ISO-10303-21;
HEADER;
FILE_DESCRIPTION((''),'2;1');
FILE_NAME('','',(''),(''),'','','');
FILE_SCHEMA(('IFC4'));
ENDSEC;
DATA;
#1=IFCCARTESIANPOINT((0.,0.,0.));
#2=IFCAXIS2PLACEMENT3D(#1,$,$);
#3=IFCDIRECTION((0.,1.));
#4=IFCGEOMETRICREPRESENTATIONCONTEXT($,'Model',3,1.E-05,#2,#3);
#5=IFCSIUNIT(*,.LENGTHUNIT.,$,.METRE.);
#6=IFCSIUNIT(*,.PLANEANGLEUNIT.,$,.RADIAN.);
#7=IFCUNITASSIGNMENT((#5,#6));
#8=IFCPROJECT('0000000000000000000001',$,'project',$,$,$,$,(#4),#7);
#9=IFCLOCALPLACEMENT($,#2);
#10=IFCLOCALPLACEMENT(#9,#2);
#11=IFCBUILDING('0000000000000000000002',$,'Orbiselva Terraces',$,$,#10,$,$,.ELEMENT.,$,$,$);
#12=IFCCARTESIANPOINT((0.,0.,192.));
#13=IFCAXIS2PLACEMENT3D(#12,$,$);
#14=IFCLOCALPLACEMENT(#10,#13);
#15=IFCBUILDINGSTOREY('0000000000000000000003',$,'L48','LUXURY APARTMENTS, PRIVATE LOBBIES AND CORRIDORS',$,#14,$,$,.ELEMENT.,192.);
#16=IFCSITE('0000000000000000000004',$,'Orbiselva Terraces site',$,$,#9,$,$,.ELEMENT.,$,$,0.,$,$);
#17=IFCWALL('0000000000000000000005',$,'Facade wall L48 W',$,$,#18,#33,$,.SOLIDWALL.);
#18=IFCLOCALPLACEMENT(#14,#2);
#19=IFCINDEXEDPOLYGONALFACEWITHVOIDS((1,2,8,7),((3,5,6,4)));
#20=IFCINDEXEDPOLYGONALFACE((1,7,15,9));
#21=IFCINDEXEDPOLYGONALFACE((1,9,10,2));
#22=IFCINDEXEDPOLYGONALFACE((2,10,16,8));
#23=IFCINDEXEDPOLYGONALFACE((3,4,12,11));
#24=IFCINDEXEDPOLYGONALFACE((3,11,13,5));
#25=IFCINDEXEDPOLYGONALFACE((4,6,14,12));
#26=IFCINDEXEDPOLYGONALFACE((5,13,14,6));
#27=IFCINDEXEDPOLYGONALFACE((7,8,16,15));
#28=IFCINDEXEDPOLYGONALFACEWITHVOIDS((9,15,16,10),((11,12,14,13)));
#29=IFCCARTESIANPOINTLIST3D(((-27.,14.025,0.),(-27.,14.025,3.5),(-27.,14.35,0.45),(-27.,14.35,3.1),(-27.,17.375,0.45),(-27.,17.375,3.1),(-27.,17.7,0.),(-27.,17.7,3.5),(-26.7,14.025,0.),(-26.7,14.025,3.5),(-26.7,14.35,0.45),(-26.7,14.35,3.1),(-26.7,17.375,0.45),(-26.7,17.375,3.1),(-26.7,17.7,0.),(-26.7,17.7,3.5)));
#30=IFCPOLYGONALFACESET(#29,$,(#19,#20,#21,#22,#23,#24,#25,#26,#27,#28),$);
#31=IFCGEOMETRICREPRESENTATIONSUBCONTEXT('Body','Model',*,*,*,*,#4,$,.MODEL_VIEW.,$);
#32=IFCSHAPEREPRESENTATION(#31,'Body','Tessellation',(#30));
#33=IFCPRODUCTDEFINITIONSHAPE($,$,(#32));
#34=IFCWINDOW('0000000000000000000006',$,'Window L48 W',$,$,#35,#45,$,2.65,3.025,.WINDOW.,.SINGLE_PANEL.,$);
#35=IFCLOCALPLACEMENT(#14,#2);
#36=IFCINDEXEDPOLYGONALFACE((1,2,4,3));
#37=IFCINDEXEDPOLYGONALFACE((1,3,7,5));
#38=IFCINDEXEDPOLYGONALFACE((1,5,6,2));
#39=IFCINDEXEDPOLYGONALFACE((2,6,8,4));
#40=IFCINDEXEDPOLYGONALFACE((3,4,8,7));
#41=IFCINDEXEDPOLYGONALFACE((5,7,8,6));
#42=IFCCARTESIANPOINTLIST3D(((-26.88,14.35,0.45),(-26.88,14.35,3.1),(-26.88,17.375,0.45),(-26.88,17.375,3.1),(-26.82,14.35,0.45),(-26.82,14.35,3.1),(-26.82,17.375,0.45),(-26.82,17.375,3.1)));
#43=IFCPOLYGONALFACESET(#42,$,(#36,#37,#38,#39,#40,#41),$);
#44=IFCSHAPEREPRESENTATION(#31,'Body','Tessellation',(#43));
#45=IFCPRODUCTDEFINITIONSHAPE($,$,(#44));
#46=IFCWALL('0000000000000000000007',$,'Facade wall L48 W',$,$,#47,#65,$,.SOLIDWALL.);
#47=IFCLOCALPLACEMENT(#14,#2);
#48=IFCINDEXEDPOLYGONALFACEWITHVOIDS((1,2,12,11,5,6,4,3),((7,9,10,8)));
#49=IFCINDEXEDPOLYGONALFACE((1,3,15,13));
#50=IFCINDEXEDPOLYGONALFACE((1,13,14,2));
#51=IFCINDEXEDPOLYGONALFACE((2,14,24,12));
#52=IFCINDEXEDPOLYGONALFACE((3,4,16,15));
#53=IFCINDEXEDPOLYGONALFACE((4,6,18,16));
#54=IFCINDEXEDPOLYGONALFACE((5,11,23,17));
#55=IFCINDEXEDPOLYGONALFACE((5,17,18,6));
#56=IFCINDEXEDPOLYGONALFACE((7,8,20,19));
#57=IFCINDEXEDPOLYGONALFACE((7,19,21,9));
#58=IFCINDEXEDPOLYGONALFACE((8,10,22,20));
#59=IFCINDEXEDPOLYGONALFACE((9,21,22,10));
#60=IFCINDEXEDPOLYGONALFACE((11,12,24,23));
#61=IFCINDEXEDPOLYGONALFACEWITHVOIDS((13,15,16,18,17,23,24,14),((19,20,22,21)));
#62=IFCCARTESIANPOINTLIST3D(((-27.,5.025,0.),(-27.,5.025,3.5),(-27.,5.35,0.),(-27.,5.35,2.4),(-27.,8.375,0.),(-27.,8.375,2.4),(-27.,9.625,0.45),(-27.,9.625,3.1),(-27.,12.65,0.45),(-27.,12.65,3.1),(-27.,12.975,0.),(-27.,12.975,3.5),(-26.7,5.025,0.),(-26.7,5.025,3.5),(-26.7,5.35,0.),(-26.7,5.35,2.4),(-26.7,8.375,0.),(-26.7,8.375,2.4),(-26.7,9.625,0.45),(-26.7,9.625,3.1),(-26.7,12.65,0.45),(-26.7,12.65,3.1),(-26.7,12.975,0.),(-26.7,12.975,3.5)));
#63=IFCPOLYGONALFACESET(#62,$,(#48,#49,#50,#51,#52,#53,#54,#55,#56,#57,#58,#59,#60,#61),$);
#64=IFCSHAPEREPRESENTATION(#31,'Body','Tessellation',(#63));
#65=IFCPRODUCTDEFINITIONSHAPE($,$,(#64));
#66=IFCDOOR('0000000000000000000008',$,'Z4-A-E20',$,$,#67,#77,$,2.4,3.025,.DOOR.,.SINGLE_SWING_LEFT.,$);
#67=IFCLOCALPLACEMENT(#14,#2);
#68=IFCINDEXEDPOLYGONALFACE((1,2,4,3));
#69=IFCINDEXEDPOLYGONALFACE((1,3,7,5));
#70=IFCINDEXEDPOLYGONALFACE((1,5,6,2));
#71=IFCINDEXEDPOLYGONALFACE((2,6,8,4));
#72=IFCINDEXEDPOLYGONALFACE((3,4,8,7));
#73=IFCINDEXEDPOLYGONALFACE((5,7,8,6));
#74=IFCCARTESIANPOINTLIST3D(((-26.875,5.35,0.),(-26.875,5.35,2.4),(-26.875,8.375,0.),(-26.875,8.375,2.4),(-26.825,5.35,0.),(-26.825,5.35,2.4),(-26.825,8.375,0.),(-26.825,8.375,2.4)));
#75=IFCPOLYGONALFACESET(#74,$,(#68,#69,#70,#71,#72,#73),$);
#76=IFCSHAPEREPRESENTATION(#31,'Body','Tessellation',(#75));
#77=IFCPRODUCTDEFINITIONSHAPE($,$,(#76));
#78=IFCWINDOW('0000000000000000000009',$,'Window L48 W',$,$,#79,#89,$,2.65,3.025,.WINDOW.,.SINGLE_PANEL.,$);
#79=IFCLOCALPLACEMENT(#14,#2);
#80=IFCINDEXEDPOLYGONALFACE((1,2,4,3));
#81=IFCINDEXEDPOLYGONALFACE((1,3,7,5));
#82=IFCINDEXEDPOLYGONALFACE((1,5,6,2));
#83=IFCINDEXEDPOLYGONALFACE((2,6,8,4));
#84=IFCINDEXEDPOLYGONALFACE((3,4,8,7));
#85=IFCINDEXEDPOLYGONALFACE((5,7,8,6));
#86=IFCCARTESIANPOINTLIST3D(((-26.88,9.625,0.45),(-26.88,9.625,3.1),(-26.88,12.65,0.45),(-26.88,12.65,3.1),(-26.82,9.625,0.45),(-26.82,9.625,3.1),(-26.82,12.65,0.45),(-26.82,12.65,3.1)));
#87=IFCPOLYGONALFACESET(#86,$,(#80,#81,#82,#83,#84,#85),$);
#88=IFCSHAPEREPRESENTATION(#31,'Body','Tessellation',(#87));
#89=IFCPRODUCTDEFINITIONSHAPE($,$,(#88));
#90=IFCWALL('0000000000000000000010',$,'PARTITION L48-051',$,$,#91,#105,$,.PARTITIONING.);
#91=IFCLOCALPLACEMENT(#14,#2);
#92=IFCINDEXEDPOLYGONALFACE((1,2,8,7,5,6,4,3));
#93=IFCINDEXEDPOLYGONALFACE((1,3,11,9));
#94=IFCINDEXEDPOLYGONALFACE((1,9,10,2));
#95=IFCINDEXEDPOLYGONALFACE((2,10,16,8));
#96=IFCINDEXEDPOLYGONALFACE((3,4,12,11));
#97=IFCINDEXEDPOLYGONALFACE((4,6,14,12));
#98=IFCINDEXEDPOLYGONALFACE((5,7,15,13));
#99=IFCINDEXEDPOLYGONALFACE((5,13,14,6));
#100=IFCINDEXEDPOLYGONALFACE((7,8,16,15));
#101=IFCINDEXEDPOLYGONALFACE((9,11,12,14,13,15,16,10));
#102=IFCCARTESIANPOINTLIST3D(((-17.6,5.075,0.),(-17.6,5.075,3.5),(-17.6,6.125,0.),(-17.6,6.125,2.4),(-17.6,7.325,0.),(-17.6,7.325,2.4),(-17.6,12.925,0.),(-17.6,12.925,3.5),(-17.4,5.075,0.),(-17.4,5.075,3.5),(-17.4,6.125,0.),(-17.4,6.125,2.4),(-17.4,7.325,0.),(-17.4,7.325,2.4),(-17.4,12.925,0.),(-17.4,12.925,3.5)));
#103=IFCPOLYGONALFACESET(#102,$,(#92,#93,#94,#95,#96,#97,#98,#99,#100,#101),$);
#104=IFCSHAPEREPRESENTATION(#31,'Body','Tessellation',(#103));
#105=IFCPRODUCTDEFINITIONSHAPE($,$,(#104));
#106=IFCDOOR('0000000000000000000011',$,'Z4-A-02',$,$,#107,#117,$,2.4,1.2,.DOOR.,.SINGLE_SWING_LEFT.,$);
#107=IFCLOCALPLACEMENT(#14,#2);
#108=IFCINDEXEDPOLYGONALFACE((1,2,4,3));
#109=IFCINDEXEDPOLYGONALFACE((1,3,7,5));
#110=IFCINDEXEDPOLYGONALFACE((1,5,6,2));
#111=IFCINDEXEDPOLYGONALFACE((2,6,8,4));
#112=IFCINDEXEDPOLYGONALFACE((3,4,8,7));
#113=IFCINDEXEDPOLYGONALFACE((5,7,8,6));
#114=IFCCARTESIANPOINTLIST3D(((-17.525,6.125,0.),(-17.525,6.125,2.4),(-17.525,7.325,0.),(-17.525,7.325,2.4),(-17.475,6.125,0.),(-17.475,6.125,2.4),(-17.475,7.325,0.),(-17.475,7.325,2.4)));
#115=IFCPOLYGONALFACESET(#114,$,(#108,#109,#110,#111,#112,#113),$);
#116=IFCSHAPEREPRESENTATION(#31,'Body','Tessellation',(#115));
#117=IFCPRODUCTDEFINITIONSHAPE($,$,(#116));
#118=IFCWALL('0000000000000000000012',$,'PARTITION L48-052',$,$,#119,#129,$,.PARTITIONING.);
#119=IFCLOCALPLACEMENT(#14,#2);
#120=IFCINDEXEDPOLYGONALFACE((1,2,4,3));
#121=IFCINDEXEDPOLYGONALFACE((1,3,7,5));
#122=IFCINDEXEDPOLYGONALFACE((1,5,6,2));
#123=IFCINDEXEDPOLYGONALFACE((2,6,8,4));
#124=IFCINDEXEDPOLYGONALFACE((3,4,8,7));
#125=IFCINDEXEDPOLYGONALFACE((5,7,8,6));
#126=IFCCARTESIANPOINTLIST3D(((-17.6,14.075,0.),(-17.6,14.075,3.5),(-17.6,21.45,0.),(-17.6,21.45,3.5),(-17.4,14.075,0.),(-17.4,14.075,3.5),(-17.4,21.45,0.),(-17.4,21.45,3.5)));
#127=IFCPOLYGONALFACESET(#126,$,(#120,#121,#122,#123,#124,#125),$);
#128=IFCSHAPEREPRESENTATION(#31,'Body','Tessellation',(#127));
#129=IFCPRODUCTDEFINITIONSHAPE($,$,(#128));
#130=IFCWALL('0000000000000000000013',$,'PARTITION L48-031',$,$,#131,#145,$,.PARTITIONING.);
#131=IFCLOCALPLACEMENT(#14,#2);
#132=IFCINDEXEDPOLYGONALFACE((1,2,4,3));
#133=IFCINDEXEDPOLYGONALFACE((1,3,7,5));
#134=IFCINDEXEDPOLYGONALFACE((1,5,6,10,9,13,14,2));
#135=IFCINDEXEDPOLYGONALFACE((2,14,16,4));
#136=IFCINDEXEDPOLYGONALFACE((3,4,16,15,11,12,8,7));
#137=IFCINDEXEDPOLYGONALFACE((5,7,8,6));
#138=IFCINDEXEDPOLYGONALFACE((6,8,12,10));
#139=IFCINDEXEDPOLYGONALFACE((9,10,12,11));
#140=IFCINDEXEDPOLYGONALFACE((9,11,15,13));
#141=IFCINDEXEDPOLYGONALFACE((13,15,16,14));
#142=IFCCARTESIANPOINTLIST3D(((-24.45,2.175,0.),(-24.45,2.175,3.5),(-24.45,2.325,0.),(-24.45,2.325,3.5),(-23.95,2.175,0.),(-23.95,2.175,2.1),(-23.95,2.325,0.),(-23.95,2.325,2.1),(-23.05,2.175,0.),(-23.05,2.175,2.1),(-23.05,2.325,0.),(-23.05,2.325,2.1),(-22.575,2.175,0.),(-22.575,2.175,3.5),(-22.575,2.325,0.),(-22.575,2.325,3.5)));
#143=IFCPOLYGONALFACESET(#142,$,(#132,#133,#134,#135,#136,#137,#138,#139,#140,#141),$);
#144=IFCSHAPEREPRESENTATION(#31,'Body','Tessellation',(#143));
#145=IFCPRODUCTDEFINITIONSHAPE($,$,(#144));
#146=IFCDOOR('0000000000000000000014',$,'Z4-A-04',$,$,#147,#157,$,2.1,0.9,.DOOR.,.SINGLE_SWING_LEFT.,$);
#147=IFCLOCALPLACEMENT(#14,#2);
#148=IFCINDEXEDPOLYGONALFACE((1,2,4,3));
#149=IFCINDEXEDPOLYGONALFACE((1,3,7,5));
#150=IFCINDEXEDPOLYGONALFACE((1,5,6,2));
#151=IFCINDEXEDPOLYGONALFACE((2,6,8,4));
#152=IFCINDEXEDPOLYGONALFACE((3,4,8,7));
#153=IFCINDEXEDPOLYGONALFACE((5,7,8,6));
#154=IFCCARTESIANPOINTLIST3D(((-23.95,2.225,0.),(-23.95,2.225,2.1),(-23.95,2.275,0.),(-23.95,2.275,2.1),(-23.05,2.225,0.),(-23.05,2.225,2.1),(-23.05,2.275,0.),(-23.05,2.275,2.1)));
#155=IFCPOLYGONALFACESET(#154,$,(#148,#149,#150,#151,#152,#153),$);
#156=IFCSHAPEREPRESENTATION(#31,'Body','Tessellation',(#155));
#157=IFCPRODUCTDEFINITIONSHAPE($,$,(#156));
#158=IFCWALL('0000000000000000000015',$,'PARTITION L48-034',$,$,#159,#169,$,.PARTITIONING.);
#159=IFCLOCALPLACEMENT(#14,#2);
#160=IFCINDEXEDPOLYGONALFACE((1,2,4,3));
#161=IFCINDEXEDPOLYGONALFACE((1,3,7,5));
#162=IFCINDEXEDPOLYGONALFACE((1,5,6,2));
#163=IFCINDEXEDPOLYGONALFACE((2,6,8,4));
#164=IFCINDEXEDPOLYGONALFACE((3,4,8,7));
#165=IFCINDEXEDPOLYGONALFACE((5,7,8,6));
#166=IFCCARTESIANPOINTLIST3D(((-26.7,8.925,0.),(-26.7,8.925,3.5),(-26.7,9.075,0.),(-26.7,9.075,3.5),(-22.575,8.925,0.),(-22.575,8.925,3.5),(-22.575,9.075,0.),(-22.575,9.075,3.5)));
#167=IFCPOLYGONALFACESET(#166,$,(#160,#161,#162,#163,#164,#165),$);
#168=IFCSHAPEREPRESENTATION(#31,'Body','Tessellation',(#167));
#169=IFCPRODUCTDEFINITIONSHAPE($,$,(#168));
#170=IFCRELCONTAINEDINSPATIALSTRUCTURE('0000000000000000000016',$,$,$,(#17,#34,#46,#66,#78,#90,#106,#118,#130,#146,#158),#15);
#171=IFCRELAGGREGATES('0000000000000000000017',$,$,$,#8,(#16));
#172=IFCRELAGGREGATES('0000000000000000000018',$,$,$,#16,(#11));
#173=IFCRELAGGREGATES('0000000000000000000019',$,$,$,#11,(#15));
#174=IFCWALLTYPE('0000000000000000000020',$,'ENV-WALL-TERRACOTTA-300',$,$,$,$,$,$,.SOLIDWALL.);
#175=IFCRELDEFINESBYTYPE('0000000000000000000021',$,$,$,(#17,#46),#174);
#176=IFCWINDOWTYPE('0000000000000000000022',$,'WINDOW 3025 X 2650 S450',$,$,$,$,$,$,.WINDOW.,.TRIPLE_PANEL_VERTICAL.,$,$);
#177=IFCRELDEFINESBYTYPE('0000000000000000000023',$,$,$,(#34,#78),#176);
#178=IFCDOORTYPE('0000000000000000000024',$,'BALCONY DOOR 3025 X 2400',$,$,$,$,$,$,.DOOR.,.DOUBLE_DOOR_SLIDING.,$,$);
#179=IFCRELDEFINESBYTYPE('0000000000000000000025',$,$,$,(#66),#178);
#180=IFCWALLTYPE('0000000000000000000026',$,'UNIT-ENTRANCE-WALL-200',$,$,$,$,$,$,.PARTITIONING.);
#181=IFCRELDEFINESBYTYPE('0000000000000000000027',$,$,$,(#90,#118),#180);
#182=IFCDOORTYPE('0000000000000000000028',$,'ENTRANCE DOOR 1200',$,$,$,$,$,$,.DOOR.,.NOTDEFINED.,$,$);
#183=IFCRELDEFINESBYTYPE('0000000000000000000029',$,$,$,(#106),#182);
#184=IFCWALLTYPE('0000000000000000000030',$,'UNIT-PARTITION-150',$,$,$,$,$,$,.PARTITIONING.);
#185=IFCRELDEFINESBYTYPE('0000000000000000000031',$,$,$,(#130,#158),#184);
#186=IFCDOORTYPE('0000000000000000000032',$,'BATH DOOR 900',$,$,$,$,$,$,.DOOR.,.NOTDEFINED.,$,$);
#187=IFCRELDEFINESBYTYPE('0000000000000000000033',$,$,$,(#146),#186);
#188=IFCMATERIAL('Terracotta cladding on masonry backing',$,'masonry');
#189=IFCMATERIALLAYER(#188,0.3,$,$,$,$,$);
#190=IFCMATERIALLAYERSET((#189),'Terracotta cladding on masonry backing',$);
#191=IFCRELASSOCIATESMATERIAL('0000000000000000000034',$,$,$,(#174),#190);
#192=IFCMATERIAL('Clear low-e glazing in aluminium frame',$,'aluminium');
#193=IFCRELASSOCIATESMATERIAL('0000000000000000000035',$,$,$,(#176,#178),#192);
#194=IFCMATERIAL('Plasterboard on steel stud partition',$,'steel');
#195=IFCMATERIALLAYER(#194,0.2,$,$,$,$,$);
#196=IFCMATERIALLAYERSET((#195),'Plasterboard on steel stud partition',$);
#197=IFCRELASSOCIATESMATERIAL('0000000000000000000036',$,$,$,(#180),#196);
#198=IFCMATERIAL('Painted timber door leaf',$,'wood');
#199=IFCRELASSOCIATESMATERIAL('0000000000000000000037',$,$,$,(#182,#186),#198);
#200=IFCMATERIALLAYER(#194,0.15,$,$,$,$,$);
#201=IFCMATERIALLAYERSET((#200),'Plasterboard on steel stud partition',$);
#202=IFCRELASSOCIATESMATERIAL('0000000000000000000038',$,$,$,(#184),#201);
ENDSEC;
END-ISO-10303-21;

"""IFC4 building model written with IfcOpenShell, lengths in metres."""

from ifc_helpers import new_model, si_unit, direction, frame, frame_2d, origin, place, context, subcontext, project, spatial, rectangle, extrude, material, layer, layer_set, type_object, element, fill, save


model = new_model("IFC4")

# Units and contexts
model_context = context("Model", 3, precision=1e-05, world=origin(), true_north=direction((0.0, 1.0)))
body_context = subcontext(model_context, "Body", "Model", "MODEL_VIEW")
ifc_project = project(units=[si_unit("LENGTHUNIT", "METRE"), si_unit("PLANEANGLEUNIT", "RADIAN")], contexts=[model_context])

# Site, building, storey
site_placement = place(None, origin())
site = spatial("IfcSite", under=ifc_project, at=site_placement, Name="Orbiselva Terraces site", CompositionType="ELEMENT", RefElevation=0.0)
building_placement = place(site_placement, origin())
building = spatial("IfcBuilding", under=site, at=building_placement, Name="Orbiselva Terraces", CompositionType="ELEMENT")
storey_placement = place(building_placement, frame((0.0, 0.0, 192.0)))
storey = spatial("IfcBuildingStorey", under=building, at=storey_placement, Name="L48", Description="LUXURY APARTMENTS, PRIVATE LOBBIES AND CORRIDORS", CompositionType="ELEMENT", Elevation=192.0)

# Wall, opening, window
ifc_material_1 = material(Name="Terracotta cladding on masonry backing", Category="masonry")
ifc_layer_1 = layer(ifc_material_1, 0.3)
ifc_layer_set_1 = layer_set([ifc_layer_1], Name="Terracotta cladding on masonry backing")
wall_type_1 = type_object("IfcWallType", Name="ENV-WALL-TERRACOTTA-300", PredefinedType="SOLIDWALL", material=ifc_layer_set_1)
wall_1_placement = place(storey_placement, frame((-26.85, 14.025, 0.0), z_axis=(0.0, 0.0, 1.0), x_axis=(0.0, 1.0, 0.0)))
wall_1 = element("IfcWall", 1, at=wall_1_placement, inside=storey, type_object=wall_type_1, Name="Facade wall L48 W", PredefinedType="SOLIDWALL", context=body_context, shape_type="SweptSolid", body=[
    extrude(rectangle(XDim=3.675, YDim=0.3, at=frame_2d((1.8375, 0.0))), origin(), (0.0, 0.0, 1.0), 3.5),
])
opening_1_placement = place(wall_1_placement, frame((0.325, 0.0, 0.45)))
opening_1 = element("IfcOpeningElement", 2, at=opening_1_placement, cuts=wall_1, PredefinedType="OPENING", context=body_context, shape_type="SweptSolid", body=[
    extrude(rectangle(XDim=3.025, YDim=2.65, at=frame_2d((1.5125, 1.325))), frame((0.0, 0.16, 0.0), z_axis=(0.0, -1.0, 0.0), x_axis=(1.0, 0.0, 0.0)), (0.0, 0.0, 1.0), 0.32),
])
ifc_material_2 = material(Name="Clear low-e glazing in aluminium frame", Category="aluminium")
window_type = type_object("IfcWindowType", Name="WINDOW 3025 X 2650 S450", PartitioningType="TRIPLE_PANEL_VERTICAL", PredefinedType="WINDOW", material=ifc_material_2)
window_1_placement = place(opening_1_placement, origin())
window_1 = element("IfcWindow", 3, at=window_1_placement, inside=storey, type_object=window_type, Name="Window L48 W", OverallHeight=2.65, OverallWidth=3.025, PartitioningType="SINGLE_PANEL", PredefinedType="WINDOW", context=body_context, shape_type="SweptSolid", body=[
    extrude(rectangle(XDim=3.025, YDim=2.65, at=frame_2d((1.5125, 1.325))), frame((0.0, 0.03, 0.0), z_axis=(0.0, -1.0, 0.0), x_axis=(1.0, 0.0, 0.0)), (0.0, 0.0, 1.0), 0.06),
])
fill(opening_1, window_1)

# Wall, openings, door, window
wall_2_placement = place(storey_placement, frame((-26.85, 5.025, 0.0), z_axis=(0.0, 0.0, 1.0), x_axis=(0.0, 1.0, 0.0)))
wall_2 = element("IfcWall", 4, at=wall_2_placement, inside=storey, type_object=wall_type_1, Name="Facade wall L48 W", PredefinedType="SOLIDWALL", context=body_context, shape_type="SweptSolid", body=[
    extrude(rectangle(XDim=7.95, YDim=0.3, at=frame_2d((3.975, 0.0))), origin(), (0.0, 0.0, 1.0), 3.5),
])
opening_2_placement = place(wall_2_placement, frame((4.6, 0.0, 0.45)))
opening_2 = element("IfcOpeningElement", 5, at=opening_2_placement, cuts=wall_2, PredefinedType="OPENING", context=body_context, shape_type="SweptSolid", body=[
    extrude(rectangle(XDim=3.025, YDim=2.65, at=frame_2d((1.5125, 1.325))), frame((0.0, 0.16, 0.0), z_axis=(0.0, -1.0, 0.0), x_axis=(1.0, 0.0, 0.0)), (0.0, 0.0, 1.0), 0.32),
])
opening_3_placement = place(wall_2_placement, frame((0.325, 0.0, 0.0)))
opening_3 = element("IfcOpeningElement", 6, at=opening_3_placement, cuts=wall_2, PredefinedType="OPENING", context=body_context, shape_type="SweptSolid", body=[
    extrude(rectangle(XDim=3.025, YDim=2.4, at=frame_2d((1.5125, 1.2))), frame((0.0, 0.16, 0.0), z_axis=(0.0, -1.0, 0.0), x_axis=(1.0, 0.0, 0.0)), (0.0, 0.0, 1.0), 0.32),
])
door_type_1 = type_object("IfcDoorType", Name="BALCONY DOOR 3025 X 2400", OperationType="DOUBLE_DOOR_SLIDING", PredefinedType="DOOR", material=ifc_material_2)
door_1_placement = place(opening_3_placement, origin())
door_1 = element("IfcDoor", 7, at=door_1_placement, inside=storey, type_object=door_type_1, Name="Z4-A-E20", OperationType="SINGLE_SWING_LEFT", OverallHeight=2.4, OverallWidth=3.025, PredefinedType="DOOR", context=body_context, shape_type="SweptSolid", body=[
    extrude(rectangle(XDim=3.025, YDim=2.4, at=frame_2d((1.5125, 1.2))), frame((0.0, 0.025, 0.0), z_axis=(0.0, -1.0, 0.0), x_axis=(1.0, 0.0, 0.0)), (0.0, 0.0, 1.0), 0.05),
])
fill(opening_3, door_1)
window_2_placement = place(opening_2_placement, origin())
window_2 = element("IfcWindow", 8, at=window_2_placement, inside=storey, type_object=window_type, Name="Window L48 W", OverallHeight=2.65, OverallWidth=3.025, PartitioningType="SINGLE_PANEL", PredefinedType="WINDOW", context=body_context, shape_type="SweptSolid", body=[
    extrude(rectangle(XDim=3.025, YDim=2.65, at=frame_2d((1.5125, 1.325))), frame((0.0, 0.03, 0.0), z_axis=(0.0, -1.0, 0.0), x_axis=(1.0, 0.0, 0.0)), (0.0, 0.0, 1.0), 0.06),
])
fill(opening_2, window_2)

# Wall, opening, door
ifc_material_3 = material(Name="Plasterboard on steel stud partition", Category="steel")
ifc_layer_2 = layer(ifc_material_3, 0.2)
ifc_layer_set_2 = layer_set([ifc_layer_2], Name="Plasterboard on steel stud partition")
wall_type_2 = type_object("IfcWallType", Name="UNIT-ENTRANCE-WALL-200", PredefinedType="PARTITIONING", material=ifc_layer_set_2)
wall_3_placement = place(storey_placement, frame((-17.5, 5.075, 0.0), z_axis=(0.0, 0.0, 1.0), x_axis=(0.0, 1.0, 0.0)))
wall_3 = element("IfcWall", 9, at=wall_3_placement, inside=storey, type_object=wall_type_2, Name="PARTITION L48-051", PredefinedType="PARTITIONING", context=body_context, shape_type="SweptSolid", body=[
    extrude(rectangle(XDim=7.85, YDim=0.2, at=frame_2d((3.925, 0.0))), origin(), (0.0, 0.0, 1.0), 3.5),
])
opening_4_placement = place(wall_3_placement, frame((1.05, 0.0, 0.0)))
opening_4 = element("IfcOpeningElement", 10, at=opening_4_placement, cuts=wall_3, PredefinedType="OPENING", context=body_context, shape_type="SweptSolid", body=[
    extrude(rectangle(XDim=1.2, YDim=2.4, at=frame_2d((0.6, 1.2))), frame((0.0, 0.11, 0.0), z_axis=(0.0, -1.0, 0.0), x_axis=(1.0, 0.0, 0.0)), (0.0, 0.0, 1.0), 0.22),
])
ifc_material_4 = material(Name="Painted timber door leaf", Category="wood")
door_type_2 = type_object("IfcDoorType", Name="ENTRANCE DOOR 1200", OperationType="NOTDEFINED", PredefinedType="DOOR", material=ifc_material_4)
door_2_placement = place(opening_4_placement, origin())
door_2 = element("IfcDoor", 11, at=door_2_placement, inside=storey, type_object=door_type_2, Name="Z4-A-02", OperationType="SINGLE_SWING_LEFT", OverallHeight=2.4, OverallWidth=1.2, PredefinedType="DOOR", context=body_context, shape_type="SweptSolid", body=[
    extrude(rectangle(XDim=1.2, YDim=2.4, at=frame_2d((0.6, 1.2))), frame((0.0, 0.025, 0.0), z_axis=(0.0, -1.0, 0.0), x_axis=(1.0, 0.0, 0.0)), (0.0, 0.0, 1.0), 0.05),
])
fill(opening_4, door_2)

# Wall
wall_4_placement = place(storey_placement, frame((-17.5, 14.075, 0.0), z_axis=(0.0, 0.0, 1.0), x_axis=(0.0, 1.0, 0.0)))
element("IfcWall", 12, at=wall_4_placement, inside=storey, type_object=wall_type_2, Name="PARTITION L48-052", PredefinedType="PARTITIONING", context=body_context, shape_type="SweptSolid", body=[
    extrude(rectangle(XDim=7.375, YDim=0.2, at=frame_2d((3.6875, 0.0))), origin(), (0.0, 0.0, 1.0), 3.5),
])

# Wall, opening, door
ifc_layer_3 = layer(ifc_material_3, 0.15)
ifc_layer_set_3 = layer_set([ifc_layer_3], Name="Plasterboard on steel stud partition")
wall_type_3 = type_object("IfcWallType", Name="UNIT-PARTITION-150", PredefinedType="PARTITIONING", material=ifc_layer_set_3)
wall_5_placement = place(storey_placement, frame((-22.575, 2.25, 0.0), z_axis=(0.0, 0.0, 1.0), x_axis=(-1.0, 0.0, 0.0)))
wall_5 = element("IfcWall", 13, at=wall_5_placement, inside=storey, type_object=wall_type_3, Name="PARTITION L48-031", PredefinedType="PARTITIONING", context=body_context, shape_type="SweptSolid", body=[
    extrude(rectangle(XDim=1.875, YDim=0.15, at=frame_2d((0.9375, 0.0))), origin(), (0.0, 0.0, 1.0), 3.5),
])
opening_5_placement = place(wall_5_placement, frame((0.475, 0.0, 0.0)))
opening_5 = element("IfcOpeningElement", 14, at=opening_5_placement, cuts=wall_5, PredefinedType="OPENING", context=body_context, shape_type="SweptSolid", body=[
    extrude(rectangle(XDim=0.9, YDim=2.1, at=frame_2d((0.45, 1.05))), frame((0.0, 0.085, 0.0), z_axis=(0.0, -1.0, 0.0), x_axis=(1.0, 0.0, 0.0)), (0.0, 0.0, 1.0), 0.17),
])
door_type_3 = type_object("IfcDoorType", Name="BATH DOOR 900", OperationType="NOTDEFINED", PredefinedType="DOOR", material=ifc_material_4)
door_3_placement = place(opening_5_placement, origin())
door_3 = element("IfcDoor", 15, at=door_3_placement, inside=storey, type_object=door_type_3, Name="Z4-A-04", OperationType="SINGLE_SWING_LEFT", OverallHeight=2.1, OverallWidth=0.9, PredefinedType="DOOR", context=body_context, shape_type="SweptSolid", body=[
    extrude(rectangle(XDim=0.9, YDim=2.1, at=frame_2d((0.45, 1.05))), frame((0.0, 0.025, 0.0), z_axis=(0.0, -1.0, 0.0), x_axis=(1.0, 0.0, 0.0)), (0.0, 0.0, 1.0), 0.05),
])
fill(opening_5, door_3)

# Wall
wall_6_placement = place(storey_placement, frame((-26.7, 9.0, 0.0), z_axis=(0.0, 0.0, 1.0), x_axis=(1.0, 0.0, 0.0)))
element("IfcWall", 16, at=wall_6_placement, inside=storey, type_object=wall_type_3, Name="PARTITION L48-034", PredefinedType="PARTITIONING", context=body_context, shape_type="SweptSolid", body=[
    extrude(rectangle(XDim=4.125, YDim=0.15, at=frame_2d((2.0625, 0.0))), origin(), (0.0, 0.0, 1.0), 3.5),
])

save(model, "model.ifc")
